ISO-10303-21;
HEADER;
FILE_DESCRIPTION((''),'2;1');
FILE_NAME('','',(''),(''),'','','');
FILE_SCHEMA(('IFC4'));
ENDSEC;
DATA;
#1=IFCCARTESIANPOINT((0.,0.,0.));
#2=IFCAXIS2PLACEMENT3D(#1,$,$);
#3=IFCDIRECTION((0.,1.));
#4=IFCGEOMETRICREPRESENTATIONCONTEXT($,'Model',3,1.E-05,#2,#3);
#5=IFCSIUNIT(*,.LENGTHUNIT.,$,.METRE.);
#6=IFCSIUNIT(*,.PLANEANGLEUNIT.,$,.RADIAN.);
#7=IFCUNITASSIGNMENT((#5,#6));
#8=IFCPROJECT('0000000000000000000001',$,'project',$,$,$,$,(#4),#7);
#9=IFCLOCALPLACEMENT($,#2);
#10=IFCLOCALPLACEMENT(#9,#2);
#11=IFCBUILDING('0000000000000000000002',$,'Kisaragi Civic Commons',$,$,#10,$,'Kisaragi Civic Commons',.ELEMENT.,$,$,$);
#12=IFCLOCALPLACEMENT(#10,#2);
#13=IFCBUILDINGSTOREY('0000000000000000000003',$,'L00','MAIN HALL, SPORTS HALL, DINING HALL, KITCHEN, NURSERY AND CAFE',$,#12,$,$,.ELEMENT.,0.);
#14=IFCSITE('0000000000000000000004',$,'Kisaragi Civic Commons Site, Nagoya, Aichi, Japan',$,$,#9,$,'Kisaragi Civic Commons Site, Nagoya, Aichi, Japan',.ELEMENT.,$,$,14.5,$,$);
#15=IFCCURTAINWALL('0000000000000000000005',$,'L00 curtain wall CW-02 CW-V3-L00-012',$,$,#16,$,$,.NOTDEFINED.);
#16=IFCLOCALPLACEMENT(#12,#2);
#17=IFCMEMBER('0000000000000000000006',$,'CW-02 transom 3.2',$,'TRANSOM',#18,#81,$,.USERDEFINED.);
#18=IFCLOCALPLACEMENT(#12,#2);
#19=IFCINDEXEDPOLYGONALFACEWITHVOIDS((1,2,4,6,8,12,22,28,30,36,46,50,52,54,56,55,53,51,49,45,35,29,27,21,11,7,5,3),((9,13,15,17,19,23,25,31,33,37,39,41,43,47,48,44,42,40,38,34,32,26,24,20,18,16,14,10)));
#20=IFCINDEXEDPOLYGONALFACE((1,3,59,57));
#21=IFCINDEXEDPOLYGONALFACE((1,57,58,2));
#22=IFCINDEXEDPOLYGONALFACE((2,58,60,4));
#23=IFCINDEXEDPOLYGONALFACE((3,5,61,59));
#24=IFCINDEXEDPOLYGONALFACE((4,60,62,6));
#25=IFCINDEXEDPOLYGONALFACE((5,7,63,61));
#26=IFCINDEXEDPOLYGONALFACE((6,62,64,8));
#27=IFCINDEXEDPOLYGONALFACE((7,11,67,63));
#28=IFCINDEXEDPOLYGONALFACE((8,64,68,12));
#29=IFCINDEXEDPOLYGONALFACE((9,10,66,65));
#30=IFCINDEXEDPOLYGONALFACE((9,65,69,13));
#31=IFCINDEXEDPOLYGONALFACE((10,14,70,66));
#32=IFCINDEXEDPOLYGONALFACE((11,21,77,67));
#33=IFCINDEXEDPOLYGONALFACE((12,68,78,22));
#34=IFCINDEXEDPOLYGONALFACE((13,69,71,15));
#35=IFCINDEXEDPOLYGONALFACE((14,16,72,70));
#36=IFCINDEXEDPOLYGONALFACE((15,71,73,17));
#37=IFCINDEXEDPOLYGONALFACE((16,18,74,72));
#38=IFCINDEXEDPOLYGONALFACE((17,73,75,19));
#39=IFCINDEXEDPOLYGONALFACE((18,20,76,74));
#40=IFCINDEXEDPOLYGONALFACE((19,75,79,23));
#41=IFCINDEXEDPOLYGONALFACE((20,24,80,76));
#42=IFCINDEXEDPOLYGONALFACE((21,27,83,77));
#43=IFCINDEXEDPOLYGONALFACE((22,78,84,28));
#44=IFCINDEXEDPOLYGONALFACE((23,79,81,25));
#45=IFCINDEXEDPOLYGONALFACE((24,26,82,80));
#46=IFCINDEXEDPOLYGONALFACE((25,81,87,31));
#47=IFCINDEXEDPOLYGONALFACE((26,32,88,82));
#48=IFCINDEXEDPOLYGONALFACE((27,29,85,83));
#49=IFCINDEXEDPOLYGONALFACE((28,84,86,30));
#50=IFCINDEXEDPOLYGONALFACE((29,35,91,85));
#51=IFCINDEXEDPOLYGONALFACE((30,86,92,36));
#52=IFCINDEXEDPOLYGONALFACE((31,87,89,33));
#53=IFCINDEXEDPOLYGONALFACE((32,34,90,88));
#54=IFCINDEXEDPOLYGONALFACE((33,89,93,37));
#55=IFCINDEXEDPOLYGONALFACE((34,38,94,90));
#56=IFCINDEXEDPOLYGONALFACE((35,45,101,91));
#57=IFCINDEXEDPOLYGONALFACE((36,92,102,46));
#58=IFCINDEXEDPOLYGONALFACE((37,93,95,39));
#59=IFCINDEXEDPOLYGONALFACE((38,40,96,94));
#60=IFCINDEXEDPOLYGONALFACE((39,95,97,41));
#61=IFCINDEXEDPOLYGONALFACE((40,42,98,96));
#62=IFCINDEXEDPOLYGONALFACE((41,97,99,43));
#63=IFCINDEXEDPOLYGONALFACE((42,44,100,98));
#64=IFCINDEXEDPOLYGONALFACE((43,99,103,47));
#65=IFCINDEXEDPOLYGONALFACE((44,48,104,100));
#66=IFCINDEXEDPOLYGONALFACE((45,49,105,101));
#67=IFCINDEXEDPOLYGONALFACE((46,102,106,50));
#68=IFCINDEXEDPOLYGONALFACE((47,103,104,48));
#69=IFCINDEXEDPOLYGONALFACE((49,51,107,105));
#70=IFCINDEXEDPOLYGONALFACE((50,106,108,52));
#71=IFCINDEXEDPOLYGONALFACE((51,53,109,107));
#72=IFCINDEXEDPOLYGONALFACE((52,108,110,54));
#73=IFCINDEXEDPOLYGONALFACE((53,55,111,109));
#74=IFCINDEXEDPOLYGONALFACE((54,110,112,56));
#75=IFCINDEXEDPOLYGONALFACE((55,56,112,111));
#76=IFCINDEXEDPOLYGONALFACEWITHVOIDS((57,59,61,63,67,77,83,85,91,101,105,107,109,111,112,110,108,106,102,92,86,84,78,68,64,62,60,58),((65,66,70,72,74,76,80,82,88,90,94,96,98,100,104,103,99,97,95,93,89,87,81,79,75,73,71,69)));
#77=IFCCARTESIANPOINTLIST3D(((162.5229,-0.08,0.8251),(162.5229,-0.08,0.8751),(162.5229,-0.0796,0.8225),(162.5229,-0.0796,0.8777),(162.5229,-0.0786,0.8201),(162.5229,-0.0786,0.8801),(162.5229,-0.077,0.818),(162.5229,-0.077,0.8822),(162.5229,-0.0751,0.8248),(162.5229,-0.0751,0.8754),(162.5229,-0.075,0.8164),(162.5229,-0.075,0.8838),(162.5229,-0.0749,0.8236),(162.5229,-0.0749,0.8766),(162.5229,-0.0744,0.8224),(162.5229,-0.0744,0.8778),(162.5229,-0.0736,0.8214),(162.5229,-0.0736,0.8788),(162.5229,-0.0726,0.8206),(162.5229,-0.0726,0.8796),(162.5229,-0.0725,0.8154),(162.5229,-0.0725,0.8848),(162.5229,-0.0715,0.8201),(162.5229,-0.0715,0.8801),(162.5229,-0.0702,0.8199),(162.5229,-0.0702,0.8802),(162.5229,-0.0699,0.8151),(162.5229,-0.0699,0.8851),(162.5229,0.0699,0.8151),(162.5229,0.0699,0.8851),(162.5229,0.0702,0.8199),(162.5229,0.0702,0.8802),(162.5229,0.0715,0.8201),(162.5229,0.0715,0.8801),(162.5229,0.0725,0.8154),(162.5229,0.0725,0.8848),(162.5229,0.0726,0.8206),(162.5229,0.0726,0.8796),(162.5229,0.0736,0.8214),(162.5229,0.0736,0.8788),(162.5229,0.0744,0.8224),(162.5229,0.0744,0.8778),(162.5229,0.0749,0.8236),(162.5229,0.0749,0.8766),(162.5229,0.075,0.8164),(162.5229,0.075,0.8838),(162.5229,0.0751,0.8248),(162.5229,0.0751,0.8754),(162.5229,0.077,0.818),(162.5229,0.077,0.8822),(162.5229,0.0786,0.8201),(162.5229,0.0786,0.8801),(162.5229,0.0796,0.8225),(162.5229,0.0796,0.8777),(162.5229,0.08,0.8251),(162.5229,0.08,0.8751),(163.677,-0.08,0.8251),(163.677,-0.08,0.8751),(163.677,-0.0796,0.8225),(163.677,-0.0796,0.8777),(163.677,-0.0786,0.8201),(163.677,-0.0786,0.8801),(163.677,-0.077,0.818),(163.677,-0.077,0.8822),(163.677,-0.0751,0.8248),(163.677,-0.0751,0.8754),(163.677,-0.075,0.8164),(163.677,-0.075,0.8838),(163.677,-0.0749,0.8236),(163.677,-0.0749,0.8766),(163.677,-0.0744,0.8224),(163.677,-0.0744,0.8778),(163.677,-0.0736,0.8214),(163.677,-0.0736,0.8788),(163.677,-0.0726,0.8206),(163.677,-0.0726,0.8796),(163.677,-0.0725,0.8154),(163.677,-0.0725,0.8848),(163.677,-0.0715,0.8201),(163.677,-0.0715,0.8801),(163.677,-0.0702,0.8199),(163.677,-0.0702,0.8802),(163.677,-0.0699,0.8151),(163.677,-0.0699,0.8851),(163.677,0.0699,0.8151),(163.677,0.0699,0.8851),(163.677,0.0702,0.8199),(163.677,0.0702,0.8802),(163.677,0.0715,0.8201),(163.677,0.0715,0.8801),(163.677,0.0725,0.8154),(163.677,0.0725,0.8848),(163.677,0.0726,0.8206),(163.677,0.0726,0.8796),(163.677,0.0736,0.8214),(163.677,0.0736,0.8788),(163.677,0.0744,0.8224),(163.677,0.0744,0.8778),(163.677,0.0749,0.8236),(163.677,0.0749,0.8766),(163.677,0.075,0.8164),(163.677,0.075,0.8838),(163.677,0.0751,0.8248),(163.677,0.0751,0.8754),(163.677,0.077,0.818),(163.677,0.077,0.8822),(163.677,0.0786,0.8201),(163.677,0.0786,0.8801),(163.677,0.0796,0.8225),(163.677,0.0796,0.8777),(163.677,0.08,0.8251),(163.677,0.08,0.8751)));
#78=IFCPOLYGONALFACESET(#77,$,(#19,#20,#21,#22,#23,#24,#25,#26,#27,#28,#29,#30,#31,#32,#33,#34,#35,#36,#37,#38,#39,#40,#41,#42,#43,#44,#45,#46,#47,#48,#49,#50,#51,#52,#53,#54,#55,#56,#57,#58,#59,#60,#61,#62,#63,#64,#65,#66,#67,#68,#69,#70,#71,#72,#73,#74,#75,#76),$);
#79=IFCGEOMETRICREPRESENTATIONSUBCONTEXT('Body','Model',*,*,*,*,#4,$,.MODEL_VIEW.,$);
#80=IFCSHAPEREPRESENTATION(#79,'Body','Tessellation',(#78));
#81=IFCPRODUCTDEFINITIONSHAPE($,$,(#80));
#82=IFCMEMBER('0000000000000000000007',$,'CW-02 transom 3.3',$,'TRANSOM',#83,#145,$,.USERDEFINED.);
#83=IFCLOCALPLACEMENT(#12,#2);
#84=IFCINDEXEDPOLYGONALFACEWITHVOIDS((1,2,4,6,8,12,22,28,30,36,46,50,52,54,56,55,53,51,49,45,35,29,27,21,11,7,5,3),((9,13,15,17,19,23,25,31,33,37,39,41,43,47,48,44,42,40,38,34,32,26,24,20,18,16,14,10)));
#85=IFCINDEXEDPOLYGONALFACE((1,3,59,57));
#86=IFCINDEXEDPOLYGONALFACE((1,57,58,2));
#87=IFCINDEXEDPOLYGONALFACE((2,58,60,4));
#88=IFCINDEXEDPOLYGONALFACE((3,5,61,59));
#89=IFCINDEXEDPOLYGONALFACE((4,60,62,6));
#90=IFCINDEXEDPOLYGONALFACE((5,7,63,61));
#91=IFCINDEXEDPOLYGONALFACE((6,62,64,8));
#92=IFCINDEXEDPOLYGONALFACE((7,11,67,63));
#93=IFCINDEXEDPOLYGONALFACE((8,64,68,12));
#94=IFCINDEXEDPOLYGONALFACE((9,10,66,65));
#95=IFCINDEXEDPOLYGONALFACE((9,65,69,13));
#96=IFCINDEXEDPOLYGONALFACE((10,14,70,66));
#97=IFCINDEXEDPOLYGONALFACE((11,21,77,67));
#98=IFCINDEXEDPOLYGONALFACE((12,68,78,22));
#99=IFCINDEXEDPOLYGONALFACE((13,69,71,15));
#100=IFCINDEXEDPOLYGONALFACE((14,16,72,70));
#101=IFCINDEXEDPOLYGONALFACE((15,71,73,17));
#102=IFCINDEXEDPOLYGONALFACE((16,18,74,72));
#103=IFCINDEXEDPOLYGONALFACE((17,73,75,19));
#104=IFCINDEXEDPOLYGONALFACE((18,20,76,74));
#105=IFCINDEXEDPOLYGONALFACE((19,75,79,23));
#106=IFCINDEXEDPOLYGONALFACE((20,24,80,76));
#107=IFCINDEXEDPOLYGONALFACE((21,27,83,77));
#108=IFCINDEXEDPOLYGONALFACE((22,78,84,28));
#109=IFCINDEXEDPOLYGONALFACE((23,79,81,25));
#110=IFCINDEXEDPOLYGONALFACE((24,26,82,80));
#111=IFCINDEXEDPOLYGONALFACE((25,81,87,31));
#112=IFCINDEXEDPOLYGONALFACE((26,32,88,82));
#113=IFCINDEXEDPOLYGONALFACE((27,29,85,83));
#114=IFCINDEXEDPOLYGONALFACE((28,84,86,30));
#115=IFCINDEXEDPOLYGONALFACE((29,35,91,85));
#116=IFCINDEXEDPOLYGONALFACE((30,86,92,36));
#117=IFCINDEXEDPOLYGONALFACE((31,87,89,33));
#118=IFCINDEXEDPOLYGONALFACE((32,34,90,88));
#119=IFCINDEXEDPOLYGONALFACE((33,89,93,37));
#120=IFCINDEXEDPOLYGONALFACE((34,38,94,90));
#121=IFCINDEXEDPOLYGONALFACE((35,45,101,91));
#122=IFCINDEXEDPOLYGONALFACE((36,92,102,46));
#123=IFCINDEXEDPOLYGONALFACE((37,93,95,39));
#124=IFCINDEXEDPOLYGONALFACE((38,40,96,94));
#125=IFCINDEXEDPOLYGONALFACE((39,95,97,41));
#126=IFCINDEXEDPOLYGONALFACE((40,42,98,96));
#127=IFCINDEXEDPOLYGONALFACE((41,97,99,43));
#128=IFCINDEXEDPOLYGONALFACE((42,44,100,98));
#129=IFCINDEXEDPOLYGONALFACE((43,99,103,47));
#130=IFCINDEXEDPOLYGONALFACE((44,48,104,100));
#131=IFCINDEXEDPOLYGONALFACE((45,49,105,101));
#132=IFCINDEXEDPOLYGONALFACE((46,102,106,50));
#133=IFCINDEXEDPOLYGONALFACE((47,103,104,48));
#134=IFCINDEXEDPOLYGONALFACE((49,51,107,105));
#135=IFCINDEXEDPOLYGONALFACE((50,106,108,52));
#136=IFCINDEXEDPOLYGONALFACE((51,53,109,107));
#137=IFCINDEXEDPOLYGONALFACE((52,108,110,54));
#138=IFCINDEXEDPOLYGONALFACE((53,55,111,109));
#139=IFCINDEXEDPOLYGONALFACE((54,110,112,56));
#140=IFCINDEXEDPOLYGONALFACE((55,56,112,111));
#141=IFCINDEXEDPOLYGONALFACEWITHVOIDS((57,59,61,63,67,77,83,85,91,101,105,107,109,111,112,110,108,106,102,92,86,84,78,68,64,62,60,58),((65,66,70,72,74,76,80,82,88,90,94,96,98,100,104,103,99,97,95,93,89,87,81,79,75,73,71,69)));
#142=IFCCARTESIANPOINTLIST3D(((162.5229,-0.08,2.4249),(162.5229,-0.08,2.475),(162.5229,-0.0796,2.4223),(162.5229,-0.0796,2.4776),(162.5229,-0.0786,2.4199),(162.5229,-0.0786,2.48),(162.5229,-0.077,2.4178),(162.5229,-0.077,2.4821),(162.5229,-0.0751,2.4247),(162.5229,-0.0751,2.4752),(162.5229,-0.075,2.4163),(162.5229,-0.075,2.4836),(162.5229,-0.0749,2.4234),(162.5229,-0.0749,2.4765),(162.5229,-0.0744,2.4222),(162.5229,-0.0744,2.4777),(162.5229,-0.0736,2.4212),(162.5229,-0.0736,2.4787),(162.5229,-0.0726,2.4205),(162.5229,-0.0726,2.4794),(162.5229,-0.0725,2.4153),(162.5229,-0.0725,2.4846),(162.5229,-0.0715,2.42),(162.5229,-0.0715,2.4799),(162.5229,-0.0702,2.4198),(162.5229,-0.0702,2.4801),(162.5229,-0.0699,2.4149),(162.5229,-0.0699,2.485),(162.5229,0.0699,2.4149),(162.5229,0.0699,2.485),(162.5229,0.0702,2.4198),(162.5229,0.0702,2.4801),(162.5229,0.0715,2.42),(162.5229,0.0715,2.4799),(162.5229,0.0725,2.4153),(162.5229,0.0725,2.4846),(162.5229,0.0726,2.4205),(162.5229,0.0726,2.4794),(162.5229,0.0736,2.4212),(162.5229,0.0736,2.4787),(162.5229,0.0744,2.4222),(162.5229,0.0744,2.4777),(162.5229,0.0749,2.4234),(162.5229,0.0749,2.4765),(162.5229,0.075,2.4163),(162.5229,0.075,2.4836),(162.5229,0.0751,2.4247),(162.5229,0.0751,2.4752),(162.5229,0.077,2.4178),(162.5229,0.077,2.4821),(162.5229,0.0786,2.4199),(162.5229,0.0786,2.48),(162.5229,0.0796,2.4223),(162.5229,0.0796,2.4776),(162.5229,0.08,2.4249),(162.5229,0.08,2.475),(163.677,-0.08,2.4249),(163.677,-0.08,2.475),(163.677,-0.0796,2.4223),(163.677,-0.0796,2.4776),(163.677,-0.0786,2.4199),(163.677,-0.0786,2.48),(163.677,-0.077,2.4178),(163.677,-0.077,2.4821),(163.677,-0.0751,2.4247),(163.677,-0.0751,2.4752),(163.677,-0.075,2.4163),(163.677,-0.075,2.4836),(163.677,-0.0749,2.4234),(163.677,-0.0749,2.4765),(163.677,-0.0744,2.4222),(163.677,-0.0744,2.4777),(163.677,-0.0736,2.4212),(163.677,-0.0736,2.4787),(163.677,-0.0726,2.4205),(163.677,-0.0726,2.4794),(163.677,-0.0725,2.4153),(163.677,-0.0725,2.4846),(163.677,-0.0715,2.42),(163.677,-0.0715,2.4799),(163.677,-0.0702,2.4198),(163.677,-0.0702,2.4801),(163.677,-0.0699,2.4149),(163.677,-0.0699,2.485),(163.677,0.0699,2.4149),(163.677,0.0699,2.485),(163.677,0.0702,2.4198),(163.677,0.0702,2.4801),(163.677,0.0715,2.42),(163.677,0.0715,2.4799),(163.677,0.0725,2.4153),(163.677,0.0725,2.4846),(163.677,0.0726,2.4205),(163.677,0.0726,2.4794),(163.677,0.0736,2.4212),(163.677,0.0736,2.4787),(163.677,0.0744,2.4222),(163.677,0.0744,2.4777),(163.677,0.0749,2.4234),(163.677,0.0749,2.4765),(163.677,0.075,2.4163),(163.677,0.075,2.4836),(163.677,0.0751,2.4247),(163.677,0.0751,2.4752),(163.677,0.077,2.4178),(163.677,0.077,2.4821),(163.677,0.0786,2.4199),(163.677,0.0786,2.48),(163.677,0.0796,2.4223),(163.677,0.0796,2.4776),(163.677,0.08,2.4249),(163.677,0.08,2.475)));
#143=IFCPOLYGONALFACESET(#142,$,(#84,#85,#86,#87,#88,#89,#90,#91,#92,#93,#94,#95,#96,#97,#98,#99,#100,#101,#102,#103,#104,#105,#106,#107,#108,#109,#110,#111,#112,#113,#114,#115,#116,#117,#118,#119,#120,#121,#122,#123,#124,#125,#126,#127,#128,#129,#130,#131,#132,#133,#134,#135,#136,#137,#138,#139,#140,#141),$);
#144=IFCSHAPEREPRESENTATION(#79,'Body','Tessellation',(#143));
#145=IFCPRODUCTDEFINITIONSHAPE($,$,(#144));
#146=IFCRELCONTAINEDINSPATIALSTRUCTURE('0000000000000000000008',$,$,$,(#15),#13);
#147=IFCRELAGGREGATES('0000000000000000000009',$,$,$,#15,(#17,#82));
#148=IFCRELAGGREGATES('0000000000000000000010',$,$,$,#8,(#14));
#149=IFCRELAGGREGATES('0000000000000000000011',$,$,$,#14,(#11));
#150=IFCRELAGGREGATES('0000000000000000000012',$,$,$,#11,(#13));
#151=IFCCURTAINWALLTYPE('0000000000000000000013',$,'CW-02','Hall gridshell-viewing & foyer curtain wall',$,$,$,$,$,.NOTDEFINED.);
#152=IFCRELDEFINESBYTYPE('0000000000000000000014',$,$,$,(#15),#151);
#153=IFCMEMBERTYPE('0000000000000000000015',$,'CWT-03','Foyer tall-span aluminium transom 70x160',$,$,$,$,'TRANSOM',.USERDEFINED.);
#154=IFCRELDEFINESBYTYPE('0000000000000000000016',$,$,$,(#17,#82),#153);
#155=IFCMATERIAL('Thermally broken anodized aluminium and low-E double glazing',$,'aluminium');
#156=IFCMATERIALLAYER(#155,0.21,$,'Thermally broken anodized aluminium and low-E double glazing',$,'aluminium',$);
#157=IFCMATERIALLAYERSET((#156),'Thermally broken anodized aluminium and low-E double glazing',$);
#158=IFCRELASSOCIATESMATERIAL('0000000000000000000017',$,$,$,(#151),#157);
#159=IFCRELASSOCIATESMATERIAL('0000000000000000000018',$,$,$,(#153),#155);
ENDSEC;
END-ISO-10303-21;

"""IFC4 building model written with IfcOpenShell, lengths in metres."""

from ifc_helpers import new_model, si_unit, direction, frame, origin, origin_2d, place, context, subcontext, project, spatial, hollow_rectangle, extrude, material, layer, layer_set, material_profile, profile_set, type_object, element, aggregate, save


model = new_model("IFC4")

# Units and contexts
model_context = context("Model", 3, precision=1e-05, world=origin(), true_north=direction((0.0, 1.0)))
body_context = subcontext(model_context, "Body", "Model", "MODEL_VIEW")
ifc_project = project(units=[si_unit("LENGTHUNIT", "METRE"), si_unit("PLANEANGLEUNIT", "RADIAN")], contexts=[model_context])

# Site, building, storey
site_placement = place(None, origin())
site = spatial("IfcSite", under=ifc_project, at=site_placement, Name="Kisaragi Civic Commons Site, Nagoya, Aichi, Japan", LongName="Kisaragi Civic Commons Site, Nagoya, Aichi, Japan", CompositionType="ELEMENT", RefElevation=14.5)
building_placement = place(site_placement, origin())
building = spatial("IfcBuilding", under=site, at=building_placement, Name="Kisaragi Civic Commons", LongName="Kisaragi Civic Commons", CompositionType="ELEMENT")
storey_placement = place(building_placement, origin())
storey = spatial("IfcBuildingStorey", under=building, at=storey_placement, Name="L00", Description="MAIN HALL, SPORTS HALL, DINING HALL, KITCHEN, NURSERY AND CAFE", CompositionType="ELEMENT", Elevation=0.0)

# Curtain wall, members
ifc_material = material(Name="Thermally broken anodized aluminium and low-E double glazing", Category="aluminium")
ifc_layer_1 = layer(ifc_material, 0.21, Name="Thermally broken anodized aluminium and low-E double glazing", Category="aluminium")
ifc_layer_set_1 = layer_set([ifc_layer_1], Name="Thermally broken anodized aluminium and low-E double glazing")
curtain_wall_type = type_object("IfcCurtainWallType", Name="CW-02", Description="Hall gridshell-viewing & foyer curtain wall", PredefinedType="NOTDEFINED", material=ifc_layer_set_1)
curtain_wall_placement = place(storey_placement, origin())
curtain_wall = element("IfcCurtainWall", 1, at=curtain_wall_placement, inside=storey, type_object=curtain_wall_type, Name="L00 curtain wall CW-02 CW-V3-L00-012", PredefinedType="NOTDEFINED")
ifc_material_profile_1 = material_profile(ifc_material, hollow_rectangle(XDim=0.1599, YDim=0.0701, WallThickness=0.0049, InnerFilletRadius=0.0049, OuterFilletRadius=0.01, at=origin_2d()), Name="CWT-70x160x5", Category="aluminium")
ifc_profile_set_1 = profile_set([ifc_material_profile_1], Name="Thermally broken anodized aluminium and low-E double glazing")
member_type_1 = type_object("IfcMemberType", Name="CWT-03", Description="Foyer tall-span aluminium transom 70x160", ElementType="TRANSOM", PredefinedType="USERDEFINED", material=ifc_profile_set_1)
member_1_placement = place(storey_placement, frame((163.677, 0.0, 0.8501), z_axis=(-1.0, 0.0, 0.0), x_axis=(0.0, -1.0, 0.0)))
member_1 = element("IfcMember", 2, at=member_1_placement, type_object=member_type_1, Name="CW-02 transom 3.2", ObjectType="TRANSOM", PredefinedType="USERDEFINED", context=body_context, shape_type="SweptSolid", body=[
    extrude(hollow_rectangle(XDim=0.1599, YDim=0.0701, WallThickness=0.0049, InnerFilletRadius=0.0049, OuterFilletRadius=0.01, at=origin_2d()), origin(), (0.0, 0.0, 1.0), 1.1541),
])
member_2_placement = place(storey_placement, frame((163.677, 0.0, 2.45), z_axis=(-1.0, 0.0, 0.0), x_axis=(0.0, -1.0, 0.0)))
member_2 = element("IfcMember", 3, at=member_2_placement, type_object=member_type_1, Name="CW-02 transom 3.3", ObjectType="TRANSOM", PredefinedType="USERDEFINED", context=body_context, shape_type="SweptSolid", body=[
    extrude(hollow_rectangle(XDim=0.1599, YDim=0.0701, WallThickness=0.0049, InnerFilletRadius=0.0049, OuterFilletRadius=0.01, at=origin_2d()), origin(), (0.0, 0.0, 1.0), 1.1541),
])
aggregate(curtain_wall, [member_1, member_2])

save(model, "model.ifc")
